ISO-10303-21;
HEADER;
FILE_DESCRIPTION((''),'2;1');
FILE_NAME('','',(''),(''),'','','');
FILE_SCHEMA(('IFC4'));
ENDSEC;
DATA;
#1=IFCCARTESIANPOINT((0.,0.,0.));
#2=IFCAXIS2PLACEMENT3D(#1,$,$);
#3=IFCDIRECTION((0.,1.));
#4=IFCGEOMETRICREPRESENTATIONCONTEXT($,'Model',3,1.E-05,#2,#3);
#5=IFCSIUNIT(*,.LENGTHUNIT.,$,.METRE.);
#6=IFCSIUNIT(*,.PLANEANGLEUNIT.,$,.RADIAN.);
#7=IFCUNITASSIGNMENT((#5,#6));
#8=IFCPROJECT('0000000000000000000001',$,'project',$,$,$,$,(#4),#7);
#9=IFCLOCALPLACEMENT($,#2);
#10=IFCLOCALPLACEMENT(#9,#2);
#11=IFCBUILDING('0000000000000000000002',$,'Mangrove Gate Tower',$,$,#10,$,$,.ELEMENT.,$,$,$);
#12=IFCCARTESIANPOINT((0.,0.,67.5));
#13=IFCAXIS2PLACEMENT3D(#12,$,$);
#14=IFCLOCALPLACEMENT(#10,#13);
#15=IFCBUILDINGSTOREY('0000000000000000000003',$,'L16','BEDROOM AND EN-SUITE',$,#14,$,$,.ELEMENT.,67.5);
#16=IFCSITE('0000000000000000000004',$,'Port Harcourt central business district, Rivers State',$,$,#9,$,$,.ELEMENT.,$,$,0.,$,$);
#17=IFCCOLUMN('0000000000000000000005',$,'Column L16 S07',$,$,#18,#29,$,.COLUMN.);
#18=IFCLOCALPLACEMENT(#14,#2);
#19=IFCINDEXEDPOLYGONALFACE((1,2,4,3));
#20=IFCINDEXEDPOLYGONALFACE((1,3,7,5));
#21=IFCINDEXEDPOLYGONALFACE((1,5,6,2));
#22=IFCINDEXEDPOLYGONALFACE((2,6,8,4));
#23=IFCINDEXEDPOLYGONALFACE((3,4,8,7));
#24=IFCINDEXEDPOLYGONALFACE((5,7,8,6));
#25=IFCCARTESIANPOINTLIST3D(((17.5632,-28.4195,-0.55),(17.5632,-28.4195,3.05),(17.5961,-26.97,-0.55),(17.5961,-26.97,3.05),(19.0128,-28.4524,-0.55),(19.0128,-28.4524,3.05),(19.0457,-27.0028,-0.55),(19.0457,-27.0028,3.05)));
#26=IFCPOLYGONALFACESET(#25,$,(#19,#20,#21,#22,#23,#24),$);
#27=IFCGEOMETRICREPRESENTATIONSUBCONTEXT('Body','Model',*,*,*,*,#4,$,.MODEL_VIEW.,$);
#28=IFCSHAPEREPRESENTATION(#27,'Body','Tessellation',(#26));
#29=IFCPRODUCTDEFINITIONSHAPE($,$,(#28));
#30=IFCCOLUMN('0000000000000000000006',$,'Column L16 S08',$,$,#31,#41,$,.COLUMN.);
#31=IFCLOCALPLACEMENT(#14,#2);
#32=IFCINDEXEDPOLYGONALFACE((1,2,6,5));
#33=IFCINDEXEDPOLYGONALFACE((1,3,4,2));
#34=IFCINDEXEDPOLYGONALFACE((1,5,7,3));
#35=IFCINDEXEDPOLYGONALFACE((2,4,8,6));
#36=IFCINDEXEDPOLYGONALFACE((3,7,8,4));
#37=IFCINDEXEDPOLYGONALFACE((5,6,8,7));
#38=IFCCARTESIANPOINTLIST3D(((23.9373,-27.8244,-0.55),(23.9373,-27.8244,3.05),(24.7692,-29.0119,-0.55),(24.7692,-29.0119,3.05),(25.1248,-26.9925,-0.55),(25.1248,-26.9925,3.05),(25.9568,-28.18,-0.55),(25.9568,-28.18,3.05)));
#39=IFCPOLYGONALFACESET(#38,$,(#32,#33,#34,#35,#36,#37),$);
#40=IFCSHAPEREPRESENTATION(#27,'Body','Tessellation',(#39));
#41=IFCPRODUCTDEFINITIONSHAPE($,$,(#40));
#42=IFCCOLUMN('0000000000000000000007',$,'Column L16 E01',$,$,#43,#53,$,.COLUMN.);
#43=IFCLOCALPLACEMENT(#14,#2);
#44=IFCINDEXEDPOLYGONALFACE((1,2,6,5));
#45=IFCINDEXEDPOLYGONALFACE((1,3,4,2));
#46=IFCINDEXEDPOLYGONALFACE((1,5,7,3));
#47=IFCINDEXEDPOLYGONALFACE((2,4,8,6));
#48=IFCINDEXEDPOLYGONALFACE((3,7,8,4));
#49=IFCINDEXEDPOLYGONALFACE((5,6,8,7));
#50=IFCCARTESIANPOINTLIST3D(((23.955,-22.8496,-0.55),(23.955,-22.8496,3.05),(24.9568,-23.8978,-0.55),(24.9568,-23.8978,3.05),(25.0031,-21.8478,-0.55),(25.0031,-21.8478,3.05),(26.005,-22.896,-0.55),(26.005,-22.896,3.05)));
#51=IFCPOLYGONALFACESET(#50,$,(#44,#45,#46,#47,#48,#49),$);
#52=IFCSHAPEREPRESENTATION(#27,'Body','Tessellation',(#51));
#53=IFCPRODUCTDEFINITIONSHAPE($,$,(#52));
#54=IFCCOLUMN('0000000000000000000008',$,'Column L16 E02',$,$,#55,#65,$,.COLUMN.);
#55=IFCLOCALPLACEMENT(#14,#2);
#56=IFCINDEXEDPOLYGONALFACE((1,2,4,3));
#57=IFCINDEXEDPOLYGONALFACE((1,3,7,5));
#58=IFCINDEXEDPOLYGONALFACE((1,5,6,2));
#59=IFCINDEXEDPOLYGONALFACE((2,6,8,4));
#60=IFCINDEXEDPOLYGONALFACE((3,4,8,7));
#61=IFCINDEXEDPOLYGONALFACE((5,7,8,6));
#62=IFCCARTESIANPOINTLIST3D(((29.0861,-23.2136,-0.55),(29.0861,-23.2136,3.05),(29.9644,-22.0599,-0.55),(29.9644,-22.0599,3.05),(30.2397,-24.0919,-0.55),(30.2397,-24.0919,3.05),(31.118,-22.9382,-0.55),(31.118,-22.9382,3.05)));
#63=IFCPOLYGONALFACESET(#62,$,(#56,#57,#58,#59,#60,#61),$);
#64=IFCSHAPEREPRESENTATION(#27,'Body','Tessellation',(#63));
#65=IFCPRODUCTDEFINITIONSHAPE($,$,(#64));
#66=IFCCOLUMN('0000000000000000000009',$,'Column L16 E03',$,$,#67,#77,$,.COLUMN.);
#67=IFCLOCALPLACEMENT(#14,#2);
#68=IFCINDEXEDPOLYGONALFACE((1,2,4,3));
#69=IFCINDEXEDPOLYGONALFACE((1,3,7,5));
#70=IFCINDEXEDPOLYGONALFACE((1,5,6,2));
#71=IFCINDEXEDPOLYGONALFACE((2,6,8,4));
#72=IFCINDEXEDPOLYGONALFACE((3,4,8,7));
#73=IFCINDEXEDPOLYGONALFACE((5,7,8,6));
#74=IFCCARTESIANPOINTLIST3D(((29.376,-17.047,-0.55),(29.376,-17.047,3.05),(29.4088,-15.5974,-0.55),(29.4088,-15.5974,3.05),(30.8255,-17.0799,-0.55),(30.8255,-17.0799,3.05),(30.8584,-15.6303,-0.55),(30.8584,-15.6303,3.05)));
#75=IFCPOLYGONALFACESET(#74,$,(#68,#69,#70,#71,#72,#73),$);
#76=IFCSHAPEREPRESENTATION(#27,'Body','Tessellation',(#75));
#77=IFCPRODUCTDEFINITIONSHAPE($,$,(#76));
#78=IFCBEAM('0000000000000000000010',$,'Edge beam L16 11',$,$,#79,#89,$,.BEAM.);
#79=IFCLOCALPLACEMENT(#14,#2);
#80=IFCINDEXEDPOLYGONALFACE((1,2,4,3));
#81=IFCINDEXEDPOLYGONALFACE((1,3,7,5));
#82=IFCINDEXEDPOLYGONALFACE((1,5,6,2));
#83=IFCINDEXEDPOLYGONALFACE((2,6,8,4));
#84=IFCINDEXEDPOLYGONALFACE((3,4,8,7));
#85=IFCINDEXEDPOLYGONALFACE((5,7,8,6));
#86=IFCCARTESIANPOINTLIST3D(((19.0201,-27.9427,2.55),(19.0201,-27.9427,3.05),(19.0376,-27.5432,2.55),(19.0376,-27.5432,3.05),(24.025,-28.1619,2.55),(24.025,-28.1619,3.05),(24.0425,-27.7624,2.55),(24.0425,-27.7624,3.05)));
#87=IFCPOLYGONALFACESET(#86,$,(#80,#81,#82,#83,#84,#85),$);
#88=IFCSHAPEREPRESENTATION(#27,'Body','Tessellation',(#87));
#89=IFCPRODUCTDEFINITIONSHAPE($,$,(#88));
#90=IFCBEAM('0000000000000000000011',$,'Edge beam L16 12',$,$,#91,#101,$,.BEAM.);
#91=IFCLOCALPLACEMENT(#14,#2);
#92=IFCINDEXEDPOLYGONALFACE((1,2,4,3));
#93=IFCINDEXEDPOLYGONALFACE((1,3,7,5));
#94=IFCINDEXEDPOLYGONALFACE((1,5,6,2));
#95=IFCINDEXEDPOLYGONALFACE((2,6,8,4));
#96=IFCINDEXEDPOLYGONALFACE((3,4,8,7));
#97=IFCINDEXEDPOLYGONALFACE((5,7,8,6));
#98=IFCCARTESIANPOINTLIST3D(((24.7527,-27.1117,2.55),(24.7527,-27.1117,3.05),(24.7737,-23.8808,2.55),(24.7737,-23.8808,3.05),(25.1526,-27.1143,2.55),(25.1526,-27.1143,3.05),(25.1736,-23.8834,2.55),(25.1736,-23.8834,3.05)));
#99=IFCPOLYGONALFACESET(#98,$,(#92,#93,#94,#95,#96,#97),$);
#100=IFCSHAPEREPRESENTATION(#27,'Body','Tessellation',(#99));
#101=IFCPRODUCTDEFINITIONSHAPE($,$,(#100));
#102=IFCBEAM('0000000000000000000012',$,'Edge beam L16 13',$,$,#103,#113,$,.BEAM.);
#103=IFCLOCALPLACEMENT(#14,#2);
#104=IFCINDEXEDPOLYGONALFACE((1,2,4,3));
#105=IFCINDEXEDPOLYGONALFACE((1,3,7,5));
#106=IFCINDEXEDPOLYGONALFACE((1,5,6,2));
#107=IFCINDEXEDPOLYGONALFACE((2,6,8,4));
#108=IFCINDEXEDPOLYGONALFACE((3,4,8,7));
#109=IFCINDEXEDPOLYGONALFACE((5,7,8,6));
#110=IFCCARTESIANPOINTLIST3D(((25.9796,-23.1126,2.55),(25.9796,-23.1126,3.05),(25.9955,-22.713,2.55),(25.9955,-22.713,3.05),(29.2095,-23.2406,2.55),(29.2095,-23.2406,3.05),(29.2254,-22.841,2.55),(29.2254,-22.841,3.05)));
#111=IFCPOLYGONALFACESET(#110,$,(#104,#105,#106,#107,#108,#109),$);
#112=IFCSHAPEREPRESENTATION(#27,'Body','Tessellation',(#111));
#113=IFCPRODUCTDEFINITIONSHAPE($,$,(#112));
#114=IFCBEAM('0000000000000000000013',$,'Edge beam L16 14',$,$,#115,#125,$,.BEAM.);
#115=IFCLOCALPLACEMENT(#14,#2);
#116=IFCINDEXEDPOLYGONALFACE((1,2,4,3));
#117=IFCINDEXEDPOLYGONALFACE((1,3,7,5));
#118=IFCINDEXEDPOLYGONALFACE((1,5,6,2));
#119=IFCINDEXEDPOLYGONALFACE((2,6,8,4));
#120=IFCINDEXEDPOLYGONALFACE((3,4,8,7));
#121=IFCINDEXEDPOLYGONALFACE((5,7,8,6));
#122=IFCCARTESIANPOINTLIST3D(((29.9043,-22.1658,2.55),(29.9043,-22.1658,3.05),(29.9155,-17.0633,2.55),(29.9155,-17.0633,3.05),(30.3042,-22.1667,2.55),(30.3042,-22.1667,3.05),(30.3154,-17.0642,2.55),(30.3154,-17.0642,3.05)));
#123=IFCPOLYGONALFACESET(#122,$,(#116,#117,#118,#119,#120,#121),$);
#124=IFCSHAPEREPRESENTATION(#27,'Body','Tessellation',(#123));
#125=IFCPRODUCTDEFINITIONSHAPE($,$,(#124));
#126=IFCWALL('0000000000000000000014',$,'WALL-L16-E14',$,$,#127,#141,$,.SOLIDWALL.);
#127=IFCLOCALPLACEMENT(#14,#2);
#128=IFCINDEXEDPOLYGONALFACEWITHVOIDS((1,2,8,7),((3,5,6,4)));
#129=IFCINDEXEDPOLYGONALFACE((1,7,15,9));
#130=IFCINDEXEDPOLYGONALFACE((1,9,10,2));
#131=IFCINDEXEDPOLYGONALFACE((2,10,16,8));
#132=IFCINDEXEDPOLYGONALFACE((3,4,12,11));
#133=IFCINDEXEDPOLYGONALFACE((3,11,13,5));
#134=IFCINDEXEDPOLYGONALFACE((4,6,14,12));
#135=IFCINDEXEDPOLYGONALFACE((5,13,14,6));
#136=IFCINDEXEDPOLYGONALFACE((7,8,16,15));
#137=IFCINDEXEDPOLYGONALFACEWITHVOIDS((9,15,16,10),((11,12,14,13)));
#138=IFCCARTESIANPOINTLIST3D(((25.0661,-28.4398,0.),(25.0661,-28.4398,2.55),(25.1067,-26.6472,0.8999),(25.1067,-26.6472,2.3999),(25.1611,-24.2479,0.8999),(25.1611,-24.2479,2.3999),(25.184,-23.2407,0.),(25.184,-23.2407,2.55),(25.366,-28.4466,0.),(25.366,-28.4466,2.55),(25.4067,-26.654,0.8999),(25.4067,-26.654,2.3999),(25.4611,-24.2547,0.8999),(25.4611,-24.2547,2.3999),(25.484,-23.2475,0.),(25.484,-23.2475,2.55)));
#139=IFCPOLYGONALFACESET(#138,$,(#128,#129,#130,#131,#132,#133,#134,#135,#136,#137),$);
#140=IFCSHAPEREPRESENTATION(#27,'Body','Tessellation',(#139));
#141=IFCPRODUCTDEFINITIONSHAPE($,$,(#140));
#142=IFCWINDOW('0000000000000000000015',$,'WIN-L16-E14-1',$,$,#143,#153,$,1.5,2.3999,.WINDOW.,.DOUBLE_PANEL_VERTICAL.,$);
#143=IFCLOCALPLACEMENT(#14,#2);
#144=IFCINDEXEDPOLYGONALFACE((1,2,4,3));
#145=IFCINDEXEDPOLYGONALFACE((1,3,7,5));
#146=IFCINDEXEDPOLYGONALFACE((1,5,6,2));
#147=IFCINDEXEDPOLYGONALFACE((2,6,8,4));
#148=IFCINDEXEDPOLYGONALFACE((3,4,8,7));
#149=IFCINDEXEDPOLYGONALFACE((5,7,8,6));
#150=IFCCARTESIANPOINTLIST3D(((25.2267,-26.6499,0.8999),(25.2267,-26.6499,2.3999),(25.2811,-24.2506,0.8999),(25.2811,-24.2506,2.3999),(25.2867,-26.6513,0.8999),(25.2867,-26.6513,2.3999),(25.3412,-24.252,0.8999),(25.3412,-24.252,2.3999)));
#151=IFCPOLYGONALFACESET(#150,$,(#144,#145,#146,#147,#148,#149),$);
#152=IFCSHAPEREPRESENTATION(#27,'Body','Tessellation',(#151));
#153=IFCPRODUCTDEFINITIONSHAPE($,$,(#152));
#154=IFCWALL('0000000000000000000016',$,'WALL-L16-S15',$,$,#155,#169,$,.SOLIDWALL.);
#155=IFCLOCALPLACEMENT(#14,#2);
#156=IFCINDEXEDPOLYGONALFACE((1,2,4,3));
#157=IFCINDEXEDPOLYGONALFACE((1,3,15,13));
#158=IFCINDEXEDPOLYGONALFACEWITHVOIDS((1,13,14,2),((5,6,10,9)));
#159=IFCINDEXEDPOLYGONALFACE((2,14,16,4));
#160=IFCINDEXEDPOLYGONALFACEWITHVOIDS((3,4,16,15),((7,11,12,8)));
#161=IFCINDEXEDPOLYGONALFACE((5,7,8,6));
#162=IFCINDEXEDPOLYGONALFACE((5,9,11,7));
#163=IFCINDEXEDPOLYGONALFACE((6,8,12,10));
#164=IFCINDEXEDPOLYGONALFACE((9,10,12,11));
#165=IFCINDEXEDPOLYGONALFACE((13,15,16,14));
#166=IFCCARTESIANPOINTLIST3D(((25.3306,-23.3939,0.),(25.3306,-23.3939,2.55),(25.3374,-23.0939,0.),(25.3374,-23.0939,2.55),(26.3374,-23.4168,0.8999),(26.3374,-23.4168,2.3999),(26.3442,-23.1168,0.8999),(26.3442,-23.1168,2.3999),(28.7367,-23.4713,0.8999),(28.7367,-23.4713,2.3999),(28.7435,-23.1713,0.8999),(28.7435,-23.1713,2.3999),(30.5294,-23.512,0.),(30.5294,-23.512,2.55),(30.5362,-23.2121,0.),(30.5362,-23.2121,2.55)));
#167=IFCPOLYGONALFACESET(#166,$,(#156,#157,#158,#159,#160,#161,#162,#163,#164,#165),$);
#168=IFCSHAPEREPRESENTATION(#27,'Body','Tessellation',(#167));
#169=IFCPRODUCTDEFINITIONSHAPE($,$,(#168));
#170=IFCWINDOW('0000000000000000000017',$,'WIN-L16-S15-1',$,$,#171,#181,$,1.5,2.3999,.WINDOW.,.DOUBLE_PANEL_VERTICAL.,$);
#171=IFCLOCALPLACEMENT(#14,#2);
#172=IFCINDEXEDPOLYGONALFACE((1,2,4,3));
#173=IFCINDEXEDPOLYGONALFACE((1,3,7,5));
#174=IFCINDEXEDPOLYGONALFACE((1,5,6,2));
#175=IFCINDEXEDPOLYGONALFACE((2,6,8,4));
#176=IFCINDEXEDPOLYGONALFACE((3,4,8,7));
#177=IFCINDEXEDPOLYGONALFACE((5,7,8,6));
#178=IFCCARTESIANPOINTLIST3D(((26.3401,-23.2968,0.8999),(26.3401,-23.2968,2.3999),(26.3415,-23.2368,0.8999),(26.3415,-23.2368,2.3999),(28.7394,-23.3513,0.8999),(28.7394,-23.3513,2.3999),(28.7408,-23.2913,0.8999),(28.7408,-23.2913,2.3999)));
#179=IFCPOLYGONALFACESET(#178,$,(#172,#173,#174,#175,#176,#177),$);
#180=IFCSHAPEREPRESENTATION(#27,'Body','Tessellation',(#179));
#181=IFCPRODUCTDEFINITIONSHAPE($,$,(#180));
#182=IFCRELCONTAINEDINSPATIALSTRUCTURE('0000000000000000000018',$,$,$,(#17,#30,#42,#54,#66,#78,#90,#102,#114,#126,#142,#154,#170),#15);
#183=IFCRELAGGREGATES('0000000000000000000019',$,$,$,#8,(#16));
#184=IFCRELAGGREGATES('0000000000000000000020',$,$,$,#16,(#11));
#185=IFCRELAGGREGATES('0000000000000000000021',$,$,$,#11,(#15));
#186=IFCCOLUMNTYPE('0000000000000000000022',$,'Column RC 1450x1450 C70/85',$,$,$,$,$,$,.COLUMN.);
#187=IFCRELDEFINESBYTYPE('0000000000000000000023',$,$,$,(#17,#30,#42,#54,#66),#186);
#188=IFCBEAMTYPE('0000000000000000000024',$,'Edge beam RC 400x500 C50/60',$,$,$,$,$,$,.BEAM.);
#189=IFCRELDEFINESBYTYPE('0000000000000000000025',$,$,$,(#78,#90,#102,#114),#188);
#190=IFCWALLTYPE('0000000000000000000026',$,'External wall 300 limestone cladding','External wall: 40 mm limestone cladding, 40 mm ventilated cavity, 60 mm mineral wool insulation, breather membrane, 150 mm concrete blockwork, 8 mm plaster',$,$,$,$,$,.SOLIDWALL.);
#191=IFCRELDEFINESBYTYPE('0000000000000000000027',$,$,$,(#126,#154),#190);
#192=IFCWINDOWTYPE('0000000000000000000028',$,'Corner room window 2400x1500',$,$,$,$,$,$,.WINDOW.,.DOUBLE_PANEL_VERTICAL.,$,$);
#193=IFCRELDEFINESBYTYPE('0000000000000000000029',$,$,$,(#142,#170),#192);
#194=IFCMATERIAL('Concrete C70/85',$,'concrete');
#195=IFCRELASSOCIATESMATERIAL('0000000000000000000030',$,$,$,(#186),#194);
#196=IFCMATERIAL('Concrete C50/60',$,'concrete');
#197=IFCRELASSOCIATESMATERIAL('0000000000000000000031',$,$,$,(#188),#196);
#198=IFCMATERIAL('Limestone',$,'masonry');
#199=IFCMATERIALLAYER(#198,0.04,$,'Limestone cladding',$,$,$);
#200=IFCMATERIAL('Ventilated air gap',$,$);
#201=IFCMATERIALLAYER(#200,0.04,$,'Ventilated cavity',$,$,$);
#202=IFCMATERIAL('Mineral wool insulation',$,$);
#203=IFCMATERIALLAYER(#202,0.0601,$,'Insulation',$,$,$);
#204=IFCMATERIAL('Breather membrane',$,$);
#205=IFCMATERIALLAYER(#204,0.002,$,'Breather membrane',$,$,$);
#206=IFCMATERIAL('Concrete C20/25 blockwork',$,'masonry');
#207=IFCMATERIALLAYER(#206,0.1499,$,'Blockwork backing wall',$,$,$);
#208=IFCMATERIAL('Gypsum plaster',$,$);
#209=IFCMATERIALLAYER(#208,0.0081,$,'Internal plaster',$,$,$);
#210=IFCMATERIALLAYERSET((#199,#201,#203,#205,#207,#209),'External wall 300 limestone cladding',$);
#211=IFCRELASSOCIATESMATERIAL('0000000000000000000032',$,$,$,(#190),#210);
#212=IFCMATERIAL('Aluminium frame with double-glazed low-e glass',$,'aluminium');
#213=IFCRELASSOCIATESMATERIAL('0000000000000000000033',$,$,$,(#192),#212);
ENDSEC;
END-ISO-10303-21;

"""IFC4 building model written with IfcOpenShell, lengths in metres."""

from ifc_helpers import new_model, si_unit, direction, frame, frame_2d, origin, origin_2d, place, context, subcontext, project, spatial, rectangle, extrude, material, layer, layer_set, material_profile, profile_set, type_object, element, fill, save


model = new_model("IFC4")

# Units and contexts
model_context = context("Model", 3, precision=1e-05, world=origin(), true_north=direction((0.0, 1.0)))
body_context = subcontext(model_context, "Body", "Model", "MODEL_VIEW")
ifc_project = project(units=[si_unit("LENGTHUNIT", "METRE"), si_unit("PLANEANGLEUNIT", "RADIAN")], contexts=[model_context])

# Site, building, storey
site_placement = place(None, origin())
site = spatial("IfcSite", under=ifc_project, at=site_placement, Name="Port Harcourt central business district, Rivers State", CompositionType="ELEMENT", RefElevation=0.0)
building_placement = place(site_placement, origin())
building = spatial("IfcBuilding", under=site, at=building_placement, Name="Mangrove Gate Tower", CompositionType="ELEMENT")
storey_placement = place(building_placement, frame((0.0, 0.0, 67.5)))
storey = spatial("IfcBuildingStorey", under=building, at=storey_placement, Name="L16", Description="BEDROOM AND EN-SUITE", CompositionType="ELEMENT", Elevation=67.5)

# Columns
ifc_material_1 = material(Name="Concrete C70/85", Category="concrete")
ifc_material_profile_1 = material_profile(ifc_material_1, rectangle(XDim=1.45, YDim=1.45, at=origin_2d()))
ifc_profile_set_1 = profile_set([ifc_material_profile_1], Name="Concrete C70/85")
column_type = type_object("IfcColumnType", Name="Column RC 1450x1450 C70/85", PredefinedType="COLUMN", material=ifc_profile_set_1)
for number, where, z_axis, x_axis, name in (
    (1, (18.3044, -27.7112, -0.55), (0.0, 0.0, 1.0), (0.999743, -0.02268, 0.0), "Column L16 S07"),
    (2, (24.947, -28.0022, -0.55), (0.0, 0.0, 1.0), (0.819023, 0.57376, 0.0), "Column L16 S08"),
    (3, (24.98, -22.8728, -0.55), (0.0, 0.0, 1.0), (0.722905, 0.690948, 0.0), "Column L16 E01"),
    (4, (30.1021, -23.0759, -0.55), (0.0, 0.0, 1.0), (0.605733, 0.795668, 0.0), "Column L16 E02"),
    (5, (30.1172, -16.3386, -0.55), (0.0, 0.0, 1.0), (0.022688, 0.999743, 0.0), "Column L16 E03"),
):
    element("IfcColumn", number, at=place(storey_placement, frame(where, z_axis=z_axis, x_axis=x_axis)), inside=storey, type_object=column_type, Name=name, PredefinedType="COLUMN", context=body_context, shape_type="SweptSolid", body=[
        extrude(rectangle(XDim=1.45, YDim=1.45, at=origin_2d()), origin(), (0.0, 0.0, 1.0), 3.6001),
    ])

# Beams
ifc_material_2 = material(Name="Concrete C50/60", Category="concrete")
ifc_material_profile_2 = material_profile(ifc_material_2, rectangle(XDim=0.3999, YDim=0.5, at=origin_2d()))
ifc_profile_set_2 = profile_set([ifc_material_profile_2], Name="Concrete C50/60")
beam_type = type_object("IfcBeamType", Name="Edge beam RC 400x500 C50/60", PredefinedType="BEAM", material=ifc_profile_set_2)
beam_1_placement = place(storey_placement, frame((19.0288, -27.7429, 2.8), z_axis=(0.999042, -0.043763, 0.0), x_axis=(0.043763, 0.999042, 0.0)))
element("IfcBeam", 6, at=beam_1_placement, inside=storey, type_object=beam_type, Name="Edge beam L16 11", PredefinedType="BEAM", context=body_context, shape_type="SweptSolid", body=[
    extrude(rectangle(XDim=0.3999, YDim=0.5, at=origin_2d()), origin(), (0.0, 0.0, 1.0), 5.0098),
])
beam_2_placement = place(storey_placement, frame((24.9526, -27.113, 2.8), z_axis=(0.006498, 0.999979, 0.0), x_axis=(-0.999979, 0.006498, 0.0)))
element("IfcBeam", 7, at=beam_2_placement, inside=storey, type_object=beam_type, Name="Edge beam L16 12", PredefinedType="BEAM", context=body_context, shape_type="SweptSolid", body=[
    extrude(rectangle(XDim=0.3999, YDim=0.5, at=origin_2d()), origin(), (0.0, 0.0, 1.0), 3.231),
])
beam_3_placement = place(storey_placement, frame((25.9875, -22.9128, 2.8), z_axis=(0.999217, -0.039576, 0.0), x_axis=(0.039576, 0.999217, 0.0)))
element("IfcBeam", 8, at=beam_3_placement, inside=storey, type_object=beam_type, Name="Edge beam L16 13", PredefinedType="BEAM", context=body_context, shape_type="SweptSolid", body=[
    extrude(rectangle(XDim=0.3999, YDim=0.5, at=origin_2d()), origin(), (0.0, 0.0, 1.0), 3.2324),
])
beam_4_placement = place(storey_placement, frame((30.1042, -22.1663, 2.8), z_axis=(0.002201, 0.999998, 0.0), x_axis=(-0.999998, 0.002201, 0.0)))
element("IfcBeam", 9, at=beam_4_placement, inside=storey, type_object=beam_type, Name="Edge beam L16 14", PredefinedType="BEAM", context=body_context, shape_type="SweptSolid", body=[
    extrude(rectangle(XDim=0.3999, YDim=0.5, at=origin_2d()), origin(), (0.0, 0.0, 1.0), 5.1025),
])

# Shared definitions
ifc_material_3 = material(Name="Limestone", Category="masonry")
ifc_layer_1 = layer(ifc_material_3, 0.04, Name="Limestone cladding")
ifc_material_4 = material(Name="Ventilated air gap")
ifc_layer_2 = layer(ifc_material_4, 0.04, Name="Ventilated cavity")
ifc_material_5 = material(Name="Mineral wool insulation")
ifc_layer_3 = layer(ifc_material_5, 0.0601, Name="Insulation")
ifc_material_6 = material(Name="Breather membrane")
ifc_layer_4 = layer(ifc_material_6, 0.002, Name="Breather membrane")
ifc_material_7 = material(Name="Concrete C20/25 blockwork", Category="masonry")
ifc_layer_5 = layer(ifc_material_7, 0.1499, Name="Blockwork backing wall")
ifc_material_8 = material(Name="Gypsum plaster")
ifc_layer_6 = layer(ifc_material_8, 0.0081, Name="Internal plaster")
ifc_layer_set_1 = layer_set([ifc_layer_1, ifc_layer_2, ifc_layer_3, ifc_layer_4, ifc_layer_5, ifc_layer_6], Name="External wall 300 limestone cladding")
wall_type_1 = type_object("IfcWallType", Name="External wall 300 limestone cladding", Description="External wall: 40 mm limestone cladding, 40 mm ventilated cavity, 60 mm mineral wool insulation, breather membrane, 150 mm concrete blockwork, 8 mm plaster", PredefinedType="SOLIDWALL", material=ifc_layer_set_1)
ifc_material_9 = material(Name="Aluminium frame with double-glazed low-e glass", Category="aluminium")
window_type = type_object("IfcWindowType", Name="Corner room window 2400x1500", PartitioningType="DOUBLE_PANEL_VERTICAL", PredefinedType="WINDOW", material=ifc_material_9)

# Walls, openings, windows
wall_1_placement = place(storey_placement, frame((25.2161, -28.4431, 0.0), z_axis=(0.0, 0.0, 1.0), x_axis=(0.022674, 0.999743, 0.0)))
wall_1 = element("IfcWall", 10, at=wall_1_placement, inside=storey, type_object=wall_type_1, Name="WALL-L16-E14", PredefinedType="SOLIDWALL", context=body_context, shape_type="SweptSolid", body=[
    extrude(rectangle(XDim=5.2004, YDim=0.3, at=frame_2d((2.6001, 0.0))), origin(), (0.0, 0.0, 1.0), 2.55),
])
opening_1_placement = place(wall_1_placement, frame((1.793, 0.0, 0.8999)))
opening_1 = element("IfcOpeningElement", 11, at=opening_1_placement, cuts=wall_1, PredefinedType="OPENING", context=body_context, shape_type="SweptSolid", body=[
    extrude(rectangle(XDim=2.3999, YDim=1.5, at=frame_2d((1.2, 0.75))), frame((0.0, 0.1599, 0.0), z_axis=(0.0, -1.0, 0.0), x_axis=(1.0, 0.0, 0.0)), (0.0, 0.0, 1.0), 0.3201),
])
window_1_placement = place(opening_1_placement, origin())
window_1 = element("IfcWindow", 12, at=window_1_placement, inside=storey, type_object=window_type, Name="WIN-L16-E14-1", OverallHeight=1.5, OverallWidth=2.3999, PartitioningType="DOUBLE_PANEL_VERTICAL", PredefinedType="WINDOW", context=body_context, shape_type="SweptSolid", body=[
    extrude(rectangle(XDim=2.3999, YDim=1.5, at=frame_2d((1.2, 0.75))), frame((0.0, 0.03, 0.0), z_axis=(0.0, -1.0, 0.0), x_axis=(1.0, 0.0, 0.0)), (0.0, 0.0, 1.0), 0.0601),
])
fill(opening_1, window_1)
wall_2_placement = place(storey_placement, frame((25.334, -23.2439, 0.0), z_axis=(0.0, 0.0, 1.0), x_axis=(0.999742, -0.022722, 0.0)))
wall_2 = element("IfcWall", 13, at=wall_2_placement, inside=storey, type_object=wall_type_1, Name="WALL-L16-S15", PredefinedType="SOLIDWALL", context=body_context, shape_type="SweptSolid", body=[
    extrude(rectangle(XDim=5.2002, YDim=0.3, at=frame_2d((2.6001, 0.0))), origin(), (0.0, 0.0, 1.0), 2.55),
])
opening_2_placement = place(wall_2_placement, frame((1.0071, 0.0, 0.8999)))
opening_2 = element("IfcOpeningElement", 14, at=opening_2_placement, cuts=wall_2, PredefinedType="OPENING", context=body_context, shape_type="SweptSolid", body=[
    extrude(rectangle(XDim=2.3999, YDim=1.5, at=frame_2d((1.2, 0.75))), frame((0.0, 0.1599, 0.0), z_axis=(0.0, -1.0, 0.0), x_axis=(1.0, 0.0, 0.0)), (0.0, 0.0, 1.0), 0.3201),
])
window_2_placement = place(opening_2_placement, origin())
window_2 = element("IfcWindow", 15, at=window_2_placement, inside=storey, type_object=window_type, Name="WIN-L16-S15-1", OverallHeight=1.5, OverallWidth=2.3999, PartitioningType="DOUBLE_PANEL_VERTICAL", PredefinedType="WINDOW", context=body_context, shape_type="SweptSolid", body=[
    extrude(rectangle(XDim=2.3999, YDim=1.5, at=frame_2d((1.2, 0.75))), frame((0.0, 0.03, 0.0), z_axis=(0.0, -1.0, 0.0), x_axis=(1.0, 0.0, 0.0)), (0.0, 0.0, 1.0), 0.0601),
])
fill(opening_2, window_2)

save(model, "model.ifc")
